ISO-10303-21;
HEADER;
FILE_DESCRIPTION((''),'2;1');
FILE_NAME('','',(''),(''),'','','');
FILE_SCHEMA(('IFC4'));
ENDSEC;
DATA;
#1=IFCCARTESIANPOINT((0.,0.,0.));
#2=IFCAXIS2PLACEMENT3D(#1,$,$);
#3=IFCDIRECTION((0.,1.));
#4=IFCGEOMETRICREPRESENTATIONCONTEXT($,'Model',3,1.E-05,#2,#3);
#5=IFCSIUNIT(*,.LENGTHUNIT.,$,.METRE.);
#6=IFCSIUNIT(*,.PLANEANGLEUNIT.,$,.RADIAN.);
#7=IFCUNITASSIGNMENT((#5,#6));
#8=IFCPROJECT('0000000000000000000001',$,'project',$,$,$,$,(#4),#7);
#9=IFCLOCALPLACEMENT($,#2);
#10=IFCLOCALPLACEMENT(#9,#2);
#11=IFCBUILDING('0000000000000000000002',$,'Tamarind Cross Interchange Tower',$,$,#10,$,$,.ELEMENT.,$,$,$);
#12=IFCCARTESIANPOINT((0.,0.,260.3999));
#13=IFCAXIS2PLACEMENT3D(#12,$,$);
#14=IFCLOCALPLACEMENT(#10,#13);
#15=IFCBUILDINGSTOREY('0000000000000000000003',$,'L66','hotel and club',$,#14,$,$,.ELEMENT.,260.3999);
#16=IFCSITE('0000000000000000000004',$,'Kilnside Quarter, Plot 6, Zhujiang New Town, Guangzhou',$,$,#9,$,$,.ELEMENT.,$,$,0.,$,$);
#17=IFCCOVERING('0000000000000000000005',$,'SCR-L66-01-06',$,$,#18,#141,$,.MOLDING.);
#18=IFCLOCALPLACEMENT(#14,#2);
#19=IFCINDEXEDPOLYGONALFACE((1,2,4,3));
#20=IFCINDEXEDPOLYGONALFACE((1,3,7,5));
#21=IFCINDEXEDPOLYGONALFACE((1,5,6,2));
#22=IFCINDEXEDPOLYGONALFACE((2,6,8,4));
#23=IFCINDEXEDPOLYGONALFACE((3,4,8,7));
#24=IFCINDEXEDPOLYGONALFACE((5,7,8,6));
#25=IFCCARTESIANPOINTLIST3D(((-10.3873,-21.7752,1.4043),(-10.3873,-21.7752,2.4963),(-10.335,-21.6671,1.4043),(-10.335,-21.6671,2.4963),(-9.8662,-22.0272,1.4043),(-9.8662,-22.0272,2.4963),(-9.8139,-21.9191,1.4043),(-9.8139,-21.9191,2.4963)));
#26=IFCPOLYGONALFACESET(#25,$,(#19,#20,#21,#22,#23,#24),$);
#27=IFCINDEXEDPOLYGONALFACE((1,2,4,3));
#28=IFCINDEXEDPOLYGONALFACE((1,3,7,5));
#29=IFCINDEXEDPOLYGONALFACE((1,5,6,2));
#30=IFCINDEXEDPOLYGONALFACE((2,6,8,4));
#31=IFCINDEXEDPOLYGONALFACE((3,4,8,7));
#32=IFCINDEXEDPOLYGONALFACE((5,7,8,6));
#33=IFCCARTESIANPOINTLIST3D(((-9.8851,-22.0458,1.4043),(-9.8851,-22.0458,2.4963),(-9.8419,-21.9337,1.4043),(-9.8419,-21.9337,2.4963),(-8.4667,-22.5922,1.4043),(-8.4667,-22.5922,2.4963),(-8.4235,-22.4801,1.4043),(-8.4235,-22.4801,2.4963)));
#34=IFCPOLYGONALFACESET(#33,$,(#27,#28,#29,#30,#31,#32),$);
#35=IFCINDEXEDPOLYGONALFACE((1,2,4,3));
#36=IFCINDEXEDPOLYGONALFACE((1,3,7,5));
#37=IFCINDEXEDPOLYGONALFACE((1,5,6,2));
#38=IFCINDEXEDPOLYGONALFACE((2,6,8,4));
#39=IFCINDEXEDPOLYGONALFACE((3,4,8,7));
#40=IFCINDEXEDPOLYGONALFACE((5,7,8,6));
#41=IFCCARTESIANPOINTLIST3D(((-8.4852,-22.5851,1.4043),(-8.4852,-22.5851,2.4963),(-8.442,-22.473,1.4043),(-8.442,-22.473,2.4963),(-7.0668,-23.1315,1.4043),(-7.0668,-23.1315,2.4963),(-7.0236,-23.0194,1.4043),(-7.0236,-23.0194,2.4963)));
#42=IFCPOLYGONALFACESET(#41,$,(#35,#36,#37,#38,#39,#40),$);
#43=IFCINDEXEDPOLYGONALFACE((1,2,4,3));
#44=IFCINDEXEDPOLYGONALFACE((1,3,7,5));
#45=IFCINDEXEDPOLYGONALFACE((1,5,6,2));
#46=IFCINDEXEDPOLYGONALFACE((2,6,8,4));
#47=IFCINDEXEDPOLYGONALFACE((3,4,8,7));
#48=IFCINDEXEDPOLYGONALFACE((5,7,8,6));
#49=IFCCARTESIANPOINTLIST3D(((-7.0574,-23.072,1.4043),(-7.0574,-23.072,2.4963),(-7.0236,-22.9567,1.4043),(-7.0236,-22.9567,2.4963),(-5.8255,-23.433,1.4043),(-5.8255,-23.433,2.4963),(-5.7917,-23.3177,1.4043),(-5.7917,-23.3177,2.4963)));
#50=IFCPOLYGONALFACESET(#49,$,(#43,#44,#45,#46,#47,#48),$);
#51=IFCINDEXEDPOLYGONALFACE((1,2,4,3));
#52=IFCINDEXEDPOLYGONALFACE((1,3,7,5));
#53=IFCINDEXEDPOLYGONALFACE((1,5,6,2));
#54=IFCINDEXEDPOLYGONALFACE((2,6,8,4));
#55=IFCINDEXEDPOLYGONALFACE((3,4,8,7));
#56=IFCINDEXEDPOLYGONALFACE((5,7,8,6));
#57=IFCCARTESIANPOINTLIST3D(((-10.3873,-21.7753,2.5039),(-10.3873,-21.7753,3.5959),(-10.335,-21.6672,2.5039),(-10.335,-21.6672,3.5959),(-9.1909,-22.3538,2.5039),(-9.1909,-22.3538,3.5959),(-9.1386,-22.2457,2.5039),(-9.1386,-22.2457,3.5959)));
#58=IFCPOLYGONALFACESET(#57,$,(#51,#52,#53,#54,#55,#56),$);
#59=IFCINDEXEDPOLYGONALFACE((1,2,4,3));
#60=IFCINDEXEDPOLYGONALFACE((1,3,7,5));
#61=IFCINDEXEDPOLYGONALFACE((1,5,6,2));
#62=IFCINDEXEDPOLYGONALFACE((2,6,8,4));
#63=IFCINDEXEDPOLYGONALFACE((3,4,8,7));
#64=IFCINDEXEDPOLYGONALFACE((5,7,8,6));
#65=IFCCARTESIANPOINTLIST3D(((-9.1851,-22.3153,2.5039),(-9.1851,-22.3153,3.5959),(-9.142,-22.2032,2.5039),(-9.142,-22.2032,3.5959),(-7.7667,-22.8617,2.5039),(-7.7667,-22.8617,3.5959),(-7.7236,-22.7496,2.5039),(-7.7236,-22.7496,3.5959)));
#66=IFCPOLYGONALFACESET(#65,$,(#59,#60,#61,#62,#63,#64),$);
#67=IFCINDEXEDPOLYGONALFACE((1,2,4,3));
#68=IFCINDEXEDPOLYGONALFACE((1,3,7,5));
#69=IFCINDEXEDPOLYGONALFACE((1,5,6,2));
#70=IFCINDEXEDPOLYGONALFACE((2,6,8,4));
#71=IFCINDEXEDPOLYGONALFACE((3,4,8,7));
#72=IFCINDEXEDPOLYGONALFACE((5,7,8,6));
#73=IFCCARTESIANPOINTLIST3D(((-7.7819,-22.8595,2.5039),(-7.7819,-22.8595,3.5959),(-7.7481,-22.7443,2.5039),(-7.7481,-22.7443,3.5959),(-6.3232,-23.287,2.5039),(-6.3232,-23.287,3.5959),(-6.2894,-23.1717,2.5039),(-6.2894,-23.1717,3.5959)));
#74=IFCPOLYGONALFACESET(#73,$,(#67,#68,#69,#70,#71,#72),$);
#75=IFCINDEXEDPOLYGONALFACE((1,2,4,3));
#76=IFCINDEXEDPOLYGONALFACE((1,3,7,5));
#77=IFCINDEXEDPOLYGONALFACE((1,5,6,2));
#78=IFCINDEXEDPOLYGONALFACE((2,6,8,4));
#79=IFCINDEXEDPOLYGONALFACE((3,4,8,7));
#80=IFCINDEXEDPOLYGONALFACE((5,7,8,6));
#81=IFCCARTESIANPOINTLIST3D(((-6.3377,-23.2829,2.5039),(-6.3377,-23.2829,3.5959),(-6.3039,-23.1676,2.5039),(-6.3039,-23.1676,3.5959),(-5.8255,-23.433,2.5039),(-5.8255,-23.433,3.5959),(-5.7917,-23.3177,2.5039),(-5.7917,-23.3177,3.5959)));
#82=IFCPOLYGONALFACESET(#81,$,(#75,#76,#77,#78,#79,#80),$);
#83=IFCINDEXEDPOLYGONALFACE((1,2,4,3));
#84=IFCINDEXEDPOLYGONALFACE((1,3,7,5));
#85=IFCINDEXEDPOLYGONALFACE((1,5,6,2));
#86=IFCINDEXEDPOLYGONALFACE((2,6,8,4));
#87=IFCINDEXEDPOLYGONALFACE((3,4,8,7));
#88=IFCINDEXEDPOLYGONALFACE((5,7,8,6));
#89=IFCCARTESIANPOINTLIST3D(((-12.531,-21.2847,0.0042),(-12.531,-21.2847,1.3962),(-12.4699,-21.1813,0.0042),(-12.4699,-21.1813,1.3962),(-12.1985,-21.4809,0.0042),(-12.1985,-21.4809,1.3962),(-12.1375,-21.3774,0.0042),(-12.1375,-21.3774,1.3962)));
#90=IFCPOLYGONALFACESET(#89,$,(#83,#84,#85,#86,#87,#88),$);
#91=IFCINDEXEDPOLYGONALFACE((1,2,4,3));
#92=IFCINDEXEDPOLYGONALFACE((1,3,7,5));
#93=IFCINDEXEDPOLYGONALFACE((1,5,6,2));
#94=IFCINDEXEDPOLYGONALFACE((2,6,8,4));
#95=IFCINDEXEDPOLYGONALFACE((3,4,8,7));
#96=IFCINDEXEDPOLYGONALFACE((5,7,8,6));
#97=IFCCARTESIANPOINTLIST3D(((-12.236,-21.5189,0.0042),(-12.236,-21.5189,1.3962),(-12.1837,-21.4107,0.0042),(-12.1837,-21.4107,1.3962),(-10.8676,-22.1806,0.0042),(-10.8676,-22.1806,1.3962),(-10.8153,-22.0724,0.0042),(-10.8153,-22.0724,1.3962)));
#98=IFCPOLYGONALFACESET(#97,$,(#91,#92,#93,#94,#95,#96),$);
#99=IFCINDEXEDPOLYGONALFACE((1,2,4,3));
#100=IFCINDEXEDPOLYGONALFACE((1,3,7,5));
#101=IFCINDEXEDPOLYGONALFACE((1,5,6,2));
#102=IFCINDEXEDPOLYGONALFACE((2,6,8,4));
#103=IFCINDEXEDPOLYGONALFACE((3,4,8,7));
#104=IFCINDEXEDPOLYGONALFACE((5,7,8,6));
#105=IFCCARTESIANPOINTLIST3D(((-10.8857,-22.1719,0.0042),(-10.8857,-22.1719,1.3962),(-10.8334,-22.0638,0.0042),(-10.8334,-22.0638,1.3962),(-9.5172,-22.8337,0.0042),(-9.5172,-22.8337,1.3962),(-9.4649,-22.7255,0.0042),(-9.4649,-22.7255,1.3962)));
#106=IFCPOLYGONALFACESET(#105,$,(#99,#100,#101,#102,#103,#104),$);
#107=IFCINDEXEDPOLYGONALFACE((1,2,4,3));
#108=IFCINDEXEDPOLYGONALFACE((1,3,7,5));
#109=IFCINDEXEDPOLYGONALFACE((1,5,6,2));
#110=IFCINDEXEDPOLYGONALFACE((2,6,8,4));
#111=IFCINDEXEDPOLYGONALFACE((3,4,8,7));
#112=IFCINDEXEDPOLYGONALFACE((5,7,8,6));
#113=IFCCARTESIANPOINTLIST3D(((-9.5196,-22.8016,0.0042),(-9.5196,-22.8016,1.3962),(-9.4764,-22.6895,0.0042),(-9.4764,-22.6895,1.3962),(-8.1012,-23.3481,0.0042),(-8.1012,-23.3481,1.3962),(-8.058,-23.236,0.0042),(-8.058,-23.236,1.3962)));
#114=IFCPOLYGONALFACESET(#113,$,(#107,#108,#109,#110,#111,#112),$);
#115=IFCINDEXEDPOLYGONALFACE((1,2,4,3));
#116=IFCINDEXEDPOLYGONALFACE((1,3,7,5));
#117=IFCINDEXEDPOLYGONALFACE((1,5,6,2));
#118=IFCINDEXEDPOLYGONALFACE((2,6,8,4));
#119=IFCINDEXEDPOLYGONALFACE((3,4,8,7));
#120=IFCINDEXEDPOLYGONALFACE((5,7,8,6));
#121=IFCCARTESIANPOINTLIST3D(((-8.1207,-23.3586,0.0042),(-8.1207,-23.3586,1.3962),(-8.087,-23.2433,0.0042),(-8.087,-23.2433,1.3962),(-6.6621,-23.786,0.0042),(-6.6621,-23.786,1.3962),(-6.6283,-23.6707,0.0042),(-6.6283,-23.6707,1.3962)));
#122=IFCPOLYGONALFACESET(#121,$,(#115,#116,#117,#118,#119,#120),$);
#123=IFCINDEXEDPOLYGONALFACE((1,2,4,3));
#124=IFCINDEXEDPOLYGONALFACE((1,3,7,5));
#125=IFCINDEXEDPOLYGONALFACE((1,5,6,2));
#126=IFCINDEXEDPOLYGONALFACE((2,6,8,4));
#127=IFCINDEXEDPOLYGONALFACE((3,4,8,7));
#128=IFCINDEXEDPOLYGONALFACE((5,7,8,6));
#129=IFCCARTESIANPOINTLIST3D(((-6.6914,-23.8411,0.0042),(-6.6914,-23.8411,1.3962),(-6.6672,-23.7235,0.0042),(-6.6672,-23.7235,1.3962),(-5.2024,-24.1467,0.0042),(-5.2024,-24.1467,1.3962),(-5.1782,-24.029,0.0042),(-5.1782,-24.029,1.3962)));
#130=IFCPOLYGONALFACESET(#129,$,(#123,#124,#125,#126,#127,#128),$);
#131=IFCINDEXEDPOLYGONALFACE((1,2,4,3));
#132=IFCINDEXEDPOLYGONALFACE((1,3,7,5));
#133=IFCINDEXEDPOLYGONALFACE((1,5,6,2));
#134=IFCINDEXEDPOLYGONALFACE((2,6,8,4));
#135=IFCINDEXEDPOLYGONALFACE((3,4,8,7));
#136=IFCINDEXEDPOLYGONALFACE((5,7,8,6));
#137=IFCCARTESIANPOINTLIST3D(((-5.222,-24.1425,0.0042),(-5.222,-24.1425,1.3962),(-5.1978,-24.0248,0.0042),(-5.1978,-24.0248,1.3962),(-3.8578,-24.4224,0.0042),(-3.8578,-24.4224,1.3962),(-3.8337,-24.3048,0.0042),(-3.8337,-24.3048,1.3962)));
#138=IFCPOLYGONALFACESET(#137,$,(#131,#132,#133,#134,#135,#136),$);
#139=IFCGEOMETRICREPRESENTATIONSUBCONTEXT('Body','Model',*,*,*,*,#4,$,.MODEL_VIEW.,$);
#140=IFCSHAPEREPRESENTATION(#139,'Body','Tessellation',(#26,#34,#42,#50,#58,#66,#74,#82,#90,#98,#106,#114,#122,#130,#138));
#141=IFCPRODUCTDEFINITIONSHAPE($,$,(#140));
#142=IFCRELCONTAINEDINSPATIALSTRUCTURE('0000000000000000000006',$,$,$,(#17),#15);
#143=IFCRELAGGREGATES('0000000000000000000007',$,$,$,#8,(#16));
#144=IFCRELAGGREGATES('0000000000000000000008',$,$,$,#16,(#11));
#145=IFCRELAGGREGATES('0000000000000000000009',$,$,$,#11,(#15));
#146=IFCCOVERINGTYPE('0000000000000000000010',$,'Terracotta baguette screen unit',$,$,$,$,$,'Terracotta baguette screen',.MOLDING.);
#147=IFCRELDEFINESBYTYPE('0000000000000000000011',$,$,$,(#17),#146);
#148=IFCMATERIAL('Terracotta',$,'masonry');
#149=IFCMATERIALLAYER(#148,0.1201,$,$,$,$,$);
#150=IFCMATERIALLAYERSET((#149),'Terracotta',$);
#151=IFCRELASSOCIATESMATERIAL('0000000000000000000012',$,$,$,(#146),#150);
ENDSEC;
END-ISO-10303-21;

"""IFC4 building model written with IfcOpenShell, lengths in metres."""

from ifc_helpers import new_model, si_unit, direction, frame, origin, origin_2d, place, context, subcontext, project, spatial, rectangle, extrude, material, layer, layer_set, type_object, element, save


model = new_model("IFC4")

# Units and contexts
model_context = context("Model", 3, precision=1e-05, world=origin(), true_north=direction((0.0, 1.0)))
body_context = subcontext(model_context, "Body", "Model", "MODEL_VIEW")
ifc_project = project(units=[si_unit("LENGTHUNIT", "METRE"), si_unit("PLANEANGLEUNIT", "RADIAN")], contexts=[model_context])

# Site, building, storey
site_placement = place(None, origin())
site = spatial("IfcSite", under=ifc_project, at=site_placement, Name="Kilnside Quarter, Plot 6, Zhujiang New Town, Guangzhou", CompositionType="ELEMENT", RefElevation=0.0)
building_placement = place(site_placement, origin())
building = spatial("IfcBuilding", under=site, at=building_placement, Name="Tamarind Cross Interchange Tower", CompositionType="ELEMENT")
storey_placement = place(building_placement, frame((0.0, 0.0, 260.3999)))
storey = spatial("IfcBuildingStorey", under=building, at=storey_placement, Name="L66", Description="hotel and club", CompositionType="ELEMENT", Elevation=260.3999)

# Covering
ifc_material_1 = material(Name="Terracotta", Category="masonry")
ifc_layer_1 = layer(ifc_material_1, 0.1201)
ifc_layer_set_1 = layer_set([ifc_layer_1], Name="Terracotta")
covering_type = type_object("IfcCoveringType", Name="Terracotta baguette screen unit", ElementType="Terracotta baguette screen", PredefinedType="MOLDING", material=ifc_layer_set_1)
covering_1_placement = place(storey_placement, origin())
element("IfcCovering", 1, at=covering_1_placement, inside=storey, type_object=covering_type, Name="SCR-L66-01-06", PredefinedType="MOLDING", context=body_context, shape_type="SweptSolid", body=[
    extrude(rectangle(XDim=0.5789, YDim=0.1201, at=origin_2d()), frame((-10.1006, -21.8472, 1.4043), z_axis=(0.0, 0.0, 1.0), x_axis=(0.900273, -0.435326, 0.0)), (0.0, 0.0, 1.0), 1.092),
    extrude(rectangle(XDim=1.52, YDim=0.1201, at=origin_2d()), frame((-9.1543, -22.2629, 1.4043), z_axis=(0.0, 0.0, 1.0), x_axis=(0.933147, -0.359495, 0.0)), (0.0, 0.0, 1.0), 1.092),
    extrude(rectangle(XDim=1.52, YDim=0.1201, at=origin_2d()), frame((-7.7544, -22.8022, 1.4043), z_axis=(0.0, 0.0, 1.0), x_axis=(0.933147, -0.359495, 0.0)), (0.0, 0.0, 1.0), 1.092),
    extrude(rectangle(XDim=1.2837, YDim=0.1201, at=origin_2d()), frame((-6.4246, -23.1948, 1.4043), z_axis=(0.0, 0.0, 1.0), x_axis=(0.959647, -0.281209, 0.0)), (0.0, 0.0, 1.0), 1.092),
    extrude(rectangle(XDim=1.3289, YDim=0.1201, at=origin_2d()), frame((-9.7629, -22.0105, 2.5039), z_axis=(0.0, 0.0, 1.0), x_axis=(0.900273, -0.435326, 0.0)), (0.0, 0.0, 1.0), 1.092),
    extrude(rectangle(XDim=1.52, YDim=0.1201, at=origin_2d()), frame((-8.4543, -22.5325, 2.5039), z_axis=(0.0, 0.0, 1.0), x_axis=(0.933147, -0.359495, 0.0)), (0.0, 0.0, 1.0), 1.092),
    extrude(rectangle(XDim=1.52, YDim=0.1201, at=origin_2d()), frame((-7.0356, -23.0156, 2.5039), z_axis=(0.0, 0.0, 1.0), x_axis=(0.959647, -0.281209, 0.0)), (0.0, 0.0, 1.0), 1.092),
    extrude(rectangle(XDim=0.5337, YDim=0.1201, at=origin_2d()), frame((-6.0647, -23.3003, 2.5039), z_axis=(0.0, 0.0, 1.0), x_axis=(0.959647, -0.281209, 0.0)), (0.0, 0.0, 1.0), 1.092),
    extrude(rectangle(XDim=0.386, YDim=0.1201, at=origin_2d()), frame((-12.3342, -21.3311, 0.0042), z_axis=(0.0, 0.0, 1.0), x_axis=(0.861249, -0.508183, 0.0)), (0.0, 0.0, 1.0), 1.3921),
    extrude(rectangle(XDim=1.52, YDim=0.1201, at=origin_2d()), frame((-11.5256, -21.7957, 0.0042), z_axis=(0.0, 0.0, 1.0), x_axis=(0.900273, -0.435326, 0.0)), (0.0, 0.0, 1.0), 1.3921),
    extrude(rectangle(XDim=1.52, YDim=0.1201, at=origin_2d()), frame((-10.1753, -22.4487, 0.0042), z_axis=(0.0, 0.0, 1.0), x_axis=(0.900273, -0.435326, 0.0)), (0.0, 0.0, 1.0), 1.3921),
    extrude(rectangle(XDim=1.52, YDim=0.1201, at=origin_2d()), frame((-8.7888, -23.0188, 0.0042), z_axis=(0.0, 0.0, 1.0), x_axis=(0.933147, -0.359495, 0.0)), (0.0, 0.0, 1.0), 1.3921),
    extrude(rectangle(XDim=1.52, YDim=0.1201, at=origin_2d()), frame((-7.3745, -23.5146, 0.0042), z_axis=(0.0, 0.0, 1.0), x_axis=(0.959647, -0.281209, 0.0)), (0.0, 0.0, 1.0), 1.3921),
    extrude(rectangle(XDim=1.52, YDim=0.1201, at=origin_2d()), frame((-5.9348, -23.9351, 0.0042), z_axis=(0.0, 0.0, 1.0), x_axis=(0.979591, -0.201001, 0.0)), (0.0, 0.0, 1.0), 1.3921),
    extrude(rectangle(XDim=1.3926, YDim=0.1201, at=origin_2d()), frame((-4.5278, -24.2236, 0.0042), z_axis=(0.0, 0.0, 1.0), x_axis=(0.979591, -0.201001, 0.0)), (0.0, 0.0, 1.0), 1.3921),
])

save(model, "model.ifc")
